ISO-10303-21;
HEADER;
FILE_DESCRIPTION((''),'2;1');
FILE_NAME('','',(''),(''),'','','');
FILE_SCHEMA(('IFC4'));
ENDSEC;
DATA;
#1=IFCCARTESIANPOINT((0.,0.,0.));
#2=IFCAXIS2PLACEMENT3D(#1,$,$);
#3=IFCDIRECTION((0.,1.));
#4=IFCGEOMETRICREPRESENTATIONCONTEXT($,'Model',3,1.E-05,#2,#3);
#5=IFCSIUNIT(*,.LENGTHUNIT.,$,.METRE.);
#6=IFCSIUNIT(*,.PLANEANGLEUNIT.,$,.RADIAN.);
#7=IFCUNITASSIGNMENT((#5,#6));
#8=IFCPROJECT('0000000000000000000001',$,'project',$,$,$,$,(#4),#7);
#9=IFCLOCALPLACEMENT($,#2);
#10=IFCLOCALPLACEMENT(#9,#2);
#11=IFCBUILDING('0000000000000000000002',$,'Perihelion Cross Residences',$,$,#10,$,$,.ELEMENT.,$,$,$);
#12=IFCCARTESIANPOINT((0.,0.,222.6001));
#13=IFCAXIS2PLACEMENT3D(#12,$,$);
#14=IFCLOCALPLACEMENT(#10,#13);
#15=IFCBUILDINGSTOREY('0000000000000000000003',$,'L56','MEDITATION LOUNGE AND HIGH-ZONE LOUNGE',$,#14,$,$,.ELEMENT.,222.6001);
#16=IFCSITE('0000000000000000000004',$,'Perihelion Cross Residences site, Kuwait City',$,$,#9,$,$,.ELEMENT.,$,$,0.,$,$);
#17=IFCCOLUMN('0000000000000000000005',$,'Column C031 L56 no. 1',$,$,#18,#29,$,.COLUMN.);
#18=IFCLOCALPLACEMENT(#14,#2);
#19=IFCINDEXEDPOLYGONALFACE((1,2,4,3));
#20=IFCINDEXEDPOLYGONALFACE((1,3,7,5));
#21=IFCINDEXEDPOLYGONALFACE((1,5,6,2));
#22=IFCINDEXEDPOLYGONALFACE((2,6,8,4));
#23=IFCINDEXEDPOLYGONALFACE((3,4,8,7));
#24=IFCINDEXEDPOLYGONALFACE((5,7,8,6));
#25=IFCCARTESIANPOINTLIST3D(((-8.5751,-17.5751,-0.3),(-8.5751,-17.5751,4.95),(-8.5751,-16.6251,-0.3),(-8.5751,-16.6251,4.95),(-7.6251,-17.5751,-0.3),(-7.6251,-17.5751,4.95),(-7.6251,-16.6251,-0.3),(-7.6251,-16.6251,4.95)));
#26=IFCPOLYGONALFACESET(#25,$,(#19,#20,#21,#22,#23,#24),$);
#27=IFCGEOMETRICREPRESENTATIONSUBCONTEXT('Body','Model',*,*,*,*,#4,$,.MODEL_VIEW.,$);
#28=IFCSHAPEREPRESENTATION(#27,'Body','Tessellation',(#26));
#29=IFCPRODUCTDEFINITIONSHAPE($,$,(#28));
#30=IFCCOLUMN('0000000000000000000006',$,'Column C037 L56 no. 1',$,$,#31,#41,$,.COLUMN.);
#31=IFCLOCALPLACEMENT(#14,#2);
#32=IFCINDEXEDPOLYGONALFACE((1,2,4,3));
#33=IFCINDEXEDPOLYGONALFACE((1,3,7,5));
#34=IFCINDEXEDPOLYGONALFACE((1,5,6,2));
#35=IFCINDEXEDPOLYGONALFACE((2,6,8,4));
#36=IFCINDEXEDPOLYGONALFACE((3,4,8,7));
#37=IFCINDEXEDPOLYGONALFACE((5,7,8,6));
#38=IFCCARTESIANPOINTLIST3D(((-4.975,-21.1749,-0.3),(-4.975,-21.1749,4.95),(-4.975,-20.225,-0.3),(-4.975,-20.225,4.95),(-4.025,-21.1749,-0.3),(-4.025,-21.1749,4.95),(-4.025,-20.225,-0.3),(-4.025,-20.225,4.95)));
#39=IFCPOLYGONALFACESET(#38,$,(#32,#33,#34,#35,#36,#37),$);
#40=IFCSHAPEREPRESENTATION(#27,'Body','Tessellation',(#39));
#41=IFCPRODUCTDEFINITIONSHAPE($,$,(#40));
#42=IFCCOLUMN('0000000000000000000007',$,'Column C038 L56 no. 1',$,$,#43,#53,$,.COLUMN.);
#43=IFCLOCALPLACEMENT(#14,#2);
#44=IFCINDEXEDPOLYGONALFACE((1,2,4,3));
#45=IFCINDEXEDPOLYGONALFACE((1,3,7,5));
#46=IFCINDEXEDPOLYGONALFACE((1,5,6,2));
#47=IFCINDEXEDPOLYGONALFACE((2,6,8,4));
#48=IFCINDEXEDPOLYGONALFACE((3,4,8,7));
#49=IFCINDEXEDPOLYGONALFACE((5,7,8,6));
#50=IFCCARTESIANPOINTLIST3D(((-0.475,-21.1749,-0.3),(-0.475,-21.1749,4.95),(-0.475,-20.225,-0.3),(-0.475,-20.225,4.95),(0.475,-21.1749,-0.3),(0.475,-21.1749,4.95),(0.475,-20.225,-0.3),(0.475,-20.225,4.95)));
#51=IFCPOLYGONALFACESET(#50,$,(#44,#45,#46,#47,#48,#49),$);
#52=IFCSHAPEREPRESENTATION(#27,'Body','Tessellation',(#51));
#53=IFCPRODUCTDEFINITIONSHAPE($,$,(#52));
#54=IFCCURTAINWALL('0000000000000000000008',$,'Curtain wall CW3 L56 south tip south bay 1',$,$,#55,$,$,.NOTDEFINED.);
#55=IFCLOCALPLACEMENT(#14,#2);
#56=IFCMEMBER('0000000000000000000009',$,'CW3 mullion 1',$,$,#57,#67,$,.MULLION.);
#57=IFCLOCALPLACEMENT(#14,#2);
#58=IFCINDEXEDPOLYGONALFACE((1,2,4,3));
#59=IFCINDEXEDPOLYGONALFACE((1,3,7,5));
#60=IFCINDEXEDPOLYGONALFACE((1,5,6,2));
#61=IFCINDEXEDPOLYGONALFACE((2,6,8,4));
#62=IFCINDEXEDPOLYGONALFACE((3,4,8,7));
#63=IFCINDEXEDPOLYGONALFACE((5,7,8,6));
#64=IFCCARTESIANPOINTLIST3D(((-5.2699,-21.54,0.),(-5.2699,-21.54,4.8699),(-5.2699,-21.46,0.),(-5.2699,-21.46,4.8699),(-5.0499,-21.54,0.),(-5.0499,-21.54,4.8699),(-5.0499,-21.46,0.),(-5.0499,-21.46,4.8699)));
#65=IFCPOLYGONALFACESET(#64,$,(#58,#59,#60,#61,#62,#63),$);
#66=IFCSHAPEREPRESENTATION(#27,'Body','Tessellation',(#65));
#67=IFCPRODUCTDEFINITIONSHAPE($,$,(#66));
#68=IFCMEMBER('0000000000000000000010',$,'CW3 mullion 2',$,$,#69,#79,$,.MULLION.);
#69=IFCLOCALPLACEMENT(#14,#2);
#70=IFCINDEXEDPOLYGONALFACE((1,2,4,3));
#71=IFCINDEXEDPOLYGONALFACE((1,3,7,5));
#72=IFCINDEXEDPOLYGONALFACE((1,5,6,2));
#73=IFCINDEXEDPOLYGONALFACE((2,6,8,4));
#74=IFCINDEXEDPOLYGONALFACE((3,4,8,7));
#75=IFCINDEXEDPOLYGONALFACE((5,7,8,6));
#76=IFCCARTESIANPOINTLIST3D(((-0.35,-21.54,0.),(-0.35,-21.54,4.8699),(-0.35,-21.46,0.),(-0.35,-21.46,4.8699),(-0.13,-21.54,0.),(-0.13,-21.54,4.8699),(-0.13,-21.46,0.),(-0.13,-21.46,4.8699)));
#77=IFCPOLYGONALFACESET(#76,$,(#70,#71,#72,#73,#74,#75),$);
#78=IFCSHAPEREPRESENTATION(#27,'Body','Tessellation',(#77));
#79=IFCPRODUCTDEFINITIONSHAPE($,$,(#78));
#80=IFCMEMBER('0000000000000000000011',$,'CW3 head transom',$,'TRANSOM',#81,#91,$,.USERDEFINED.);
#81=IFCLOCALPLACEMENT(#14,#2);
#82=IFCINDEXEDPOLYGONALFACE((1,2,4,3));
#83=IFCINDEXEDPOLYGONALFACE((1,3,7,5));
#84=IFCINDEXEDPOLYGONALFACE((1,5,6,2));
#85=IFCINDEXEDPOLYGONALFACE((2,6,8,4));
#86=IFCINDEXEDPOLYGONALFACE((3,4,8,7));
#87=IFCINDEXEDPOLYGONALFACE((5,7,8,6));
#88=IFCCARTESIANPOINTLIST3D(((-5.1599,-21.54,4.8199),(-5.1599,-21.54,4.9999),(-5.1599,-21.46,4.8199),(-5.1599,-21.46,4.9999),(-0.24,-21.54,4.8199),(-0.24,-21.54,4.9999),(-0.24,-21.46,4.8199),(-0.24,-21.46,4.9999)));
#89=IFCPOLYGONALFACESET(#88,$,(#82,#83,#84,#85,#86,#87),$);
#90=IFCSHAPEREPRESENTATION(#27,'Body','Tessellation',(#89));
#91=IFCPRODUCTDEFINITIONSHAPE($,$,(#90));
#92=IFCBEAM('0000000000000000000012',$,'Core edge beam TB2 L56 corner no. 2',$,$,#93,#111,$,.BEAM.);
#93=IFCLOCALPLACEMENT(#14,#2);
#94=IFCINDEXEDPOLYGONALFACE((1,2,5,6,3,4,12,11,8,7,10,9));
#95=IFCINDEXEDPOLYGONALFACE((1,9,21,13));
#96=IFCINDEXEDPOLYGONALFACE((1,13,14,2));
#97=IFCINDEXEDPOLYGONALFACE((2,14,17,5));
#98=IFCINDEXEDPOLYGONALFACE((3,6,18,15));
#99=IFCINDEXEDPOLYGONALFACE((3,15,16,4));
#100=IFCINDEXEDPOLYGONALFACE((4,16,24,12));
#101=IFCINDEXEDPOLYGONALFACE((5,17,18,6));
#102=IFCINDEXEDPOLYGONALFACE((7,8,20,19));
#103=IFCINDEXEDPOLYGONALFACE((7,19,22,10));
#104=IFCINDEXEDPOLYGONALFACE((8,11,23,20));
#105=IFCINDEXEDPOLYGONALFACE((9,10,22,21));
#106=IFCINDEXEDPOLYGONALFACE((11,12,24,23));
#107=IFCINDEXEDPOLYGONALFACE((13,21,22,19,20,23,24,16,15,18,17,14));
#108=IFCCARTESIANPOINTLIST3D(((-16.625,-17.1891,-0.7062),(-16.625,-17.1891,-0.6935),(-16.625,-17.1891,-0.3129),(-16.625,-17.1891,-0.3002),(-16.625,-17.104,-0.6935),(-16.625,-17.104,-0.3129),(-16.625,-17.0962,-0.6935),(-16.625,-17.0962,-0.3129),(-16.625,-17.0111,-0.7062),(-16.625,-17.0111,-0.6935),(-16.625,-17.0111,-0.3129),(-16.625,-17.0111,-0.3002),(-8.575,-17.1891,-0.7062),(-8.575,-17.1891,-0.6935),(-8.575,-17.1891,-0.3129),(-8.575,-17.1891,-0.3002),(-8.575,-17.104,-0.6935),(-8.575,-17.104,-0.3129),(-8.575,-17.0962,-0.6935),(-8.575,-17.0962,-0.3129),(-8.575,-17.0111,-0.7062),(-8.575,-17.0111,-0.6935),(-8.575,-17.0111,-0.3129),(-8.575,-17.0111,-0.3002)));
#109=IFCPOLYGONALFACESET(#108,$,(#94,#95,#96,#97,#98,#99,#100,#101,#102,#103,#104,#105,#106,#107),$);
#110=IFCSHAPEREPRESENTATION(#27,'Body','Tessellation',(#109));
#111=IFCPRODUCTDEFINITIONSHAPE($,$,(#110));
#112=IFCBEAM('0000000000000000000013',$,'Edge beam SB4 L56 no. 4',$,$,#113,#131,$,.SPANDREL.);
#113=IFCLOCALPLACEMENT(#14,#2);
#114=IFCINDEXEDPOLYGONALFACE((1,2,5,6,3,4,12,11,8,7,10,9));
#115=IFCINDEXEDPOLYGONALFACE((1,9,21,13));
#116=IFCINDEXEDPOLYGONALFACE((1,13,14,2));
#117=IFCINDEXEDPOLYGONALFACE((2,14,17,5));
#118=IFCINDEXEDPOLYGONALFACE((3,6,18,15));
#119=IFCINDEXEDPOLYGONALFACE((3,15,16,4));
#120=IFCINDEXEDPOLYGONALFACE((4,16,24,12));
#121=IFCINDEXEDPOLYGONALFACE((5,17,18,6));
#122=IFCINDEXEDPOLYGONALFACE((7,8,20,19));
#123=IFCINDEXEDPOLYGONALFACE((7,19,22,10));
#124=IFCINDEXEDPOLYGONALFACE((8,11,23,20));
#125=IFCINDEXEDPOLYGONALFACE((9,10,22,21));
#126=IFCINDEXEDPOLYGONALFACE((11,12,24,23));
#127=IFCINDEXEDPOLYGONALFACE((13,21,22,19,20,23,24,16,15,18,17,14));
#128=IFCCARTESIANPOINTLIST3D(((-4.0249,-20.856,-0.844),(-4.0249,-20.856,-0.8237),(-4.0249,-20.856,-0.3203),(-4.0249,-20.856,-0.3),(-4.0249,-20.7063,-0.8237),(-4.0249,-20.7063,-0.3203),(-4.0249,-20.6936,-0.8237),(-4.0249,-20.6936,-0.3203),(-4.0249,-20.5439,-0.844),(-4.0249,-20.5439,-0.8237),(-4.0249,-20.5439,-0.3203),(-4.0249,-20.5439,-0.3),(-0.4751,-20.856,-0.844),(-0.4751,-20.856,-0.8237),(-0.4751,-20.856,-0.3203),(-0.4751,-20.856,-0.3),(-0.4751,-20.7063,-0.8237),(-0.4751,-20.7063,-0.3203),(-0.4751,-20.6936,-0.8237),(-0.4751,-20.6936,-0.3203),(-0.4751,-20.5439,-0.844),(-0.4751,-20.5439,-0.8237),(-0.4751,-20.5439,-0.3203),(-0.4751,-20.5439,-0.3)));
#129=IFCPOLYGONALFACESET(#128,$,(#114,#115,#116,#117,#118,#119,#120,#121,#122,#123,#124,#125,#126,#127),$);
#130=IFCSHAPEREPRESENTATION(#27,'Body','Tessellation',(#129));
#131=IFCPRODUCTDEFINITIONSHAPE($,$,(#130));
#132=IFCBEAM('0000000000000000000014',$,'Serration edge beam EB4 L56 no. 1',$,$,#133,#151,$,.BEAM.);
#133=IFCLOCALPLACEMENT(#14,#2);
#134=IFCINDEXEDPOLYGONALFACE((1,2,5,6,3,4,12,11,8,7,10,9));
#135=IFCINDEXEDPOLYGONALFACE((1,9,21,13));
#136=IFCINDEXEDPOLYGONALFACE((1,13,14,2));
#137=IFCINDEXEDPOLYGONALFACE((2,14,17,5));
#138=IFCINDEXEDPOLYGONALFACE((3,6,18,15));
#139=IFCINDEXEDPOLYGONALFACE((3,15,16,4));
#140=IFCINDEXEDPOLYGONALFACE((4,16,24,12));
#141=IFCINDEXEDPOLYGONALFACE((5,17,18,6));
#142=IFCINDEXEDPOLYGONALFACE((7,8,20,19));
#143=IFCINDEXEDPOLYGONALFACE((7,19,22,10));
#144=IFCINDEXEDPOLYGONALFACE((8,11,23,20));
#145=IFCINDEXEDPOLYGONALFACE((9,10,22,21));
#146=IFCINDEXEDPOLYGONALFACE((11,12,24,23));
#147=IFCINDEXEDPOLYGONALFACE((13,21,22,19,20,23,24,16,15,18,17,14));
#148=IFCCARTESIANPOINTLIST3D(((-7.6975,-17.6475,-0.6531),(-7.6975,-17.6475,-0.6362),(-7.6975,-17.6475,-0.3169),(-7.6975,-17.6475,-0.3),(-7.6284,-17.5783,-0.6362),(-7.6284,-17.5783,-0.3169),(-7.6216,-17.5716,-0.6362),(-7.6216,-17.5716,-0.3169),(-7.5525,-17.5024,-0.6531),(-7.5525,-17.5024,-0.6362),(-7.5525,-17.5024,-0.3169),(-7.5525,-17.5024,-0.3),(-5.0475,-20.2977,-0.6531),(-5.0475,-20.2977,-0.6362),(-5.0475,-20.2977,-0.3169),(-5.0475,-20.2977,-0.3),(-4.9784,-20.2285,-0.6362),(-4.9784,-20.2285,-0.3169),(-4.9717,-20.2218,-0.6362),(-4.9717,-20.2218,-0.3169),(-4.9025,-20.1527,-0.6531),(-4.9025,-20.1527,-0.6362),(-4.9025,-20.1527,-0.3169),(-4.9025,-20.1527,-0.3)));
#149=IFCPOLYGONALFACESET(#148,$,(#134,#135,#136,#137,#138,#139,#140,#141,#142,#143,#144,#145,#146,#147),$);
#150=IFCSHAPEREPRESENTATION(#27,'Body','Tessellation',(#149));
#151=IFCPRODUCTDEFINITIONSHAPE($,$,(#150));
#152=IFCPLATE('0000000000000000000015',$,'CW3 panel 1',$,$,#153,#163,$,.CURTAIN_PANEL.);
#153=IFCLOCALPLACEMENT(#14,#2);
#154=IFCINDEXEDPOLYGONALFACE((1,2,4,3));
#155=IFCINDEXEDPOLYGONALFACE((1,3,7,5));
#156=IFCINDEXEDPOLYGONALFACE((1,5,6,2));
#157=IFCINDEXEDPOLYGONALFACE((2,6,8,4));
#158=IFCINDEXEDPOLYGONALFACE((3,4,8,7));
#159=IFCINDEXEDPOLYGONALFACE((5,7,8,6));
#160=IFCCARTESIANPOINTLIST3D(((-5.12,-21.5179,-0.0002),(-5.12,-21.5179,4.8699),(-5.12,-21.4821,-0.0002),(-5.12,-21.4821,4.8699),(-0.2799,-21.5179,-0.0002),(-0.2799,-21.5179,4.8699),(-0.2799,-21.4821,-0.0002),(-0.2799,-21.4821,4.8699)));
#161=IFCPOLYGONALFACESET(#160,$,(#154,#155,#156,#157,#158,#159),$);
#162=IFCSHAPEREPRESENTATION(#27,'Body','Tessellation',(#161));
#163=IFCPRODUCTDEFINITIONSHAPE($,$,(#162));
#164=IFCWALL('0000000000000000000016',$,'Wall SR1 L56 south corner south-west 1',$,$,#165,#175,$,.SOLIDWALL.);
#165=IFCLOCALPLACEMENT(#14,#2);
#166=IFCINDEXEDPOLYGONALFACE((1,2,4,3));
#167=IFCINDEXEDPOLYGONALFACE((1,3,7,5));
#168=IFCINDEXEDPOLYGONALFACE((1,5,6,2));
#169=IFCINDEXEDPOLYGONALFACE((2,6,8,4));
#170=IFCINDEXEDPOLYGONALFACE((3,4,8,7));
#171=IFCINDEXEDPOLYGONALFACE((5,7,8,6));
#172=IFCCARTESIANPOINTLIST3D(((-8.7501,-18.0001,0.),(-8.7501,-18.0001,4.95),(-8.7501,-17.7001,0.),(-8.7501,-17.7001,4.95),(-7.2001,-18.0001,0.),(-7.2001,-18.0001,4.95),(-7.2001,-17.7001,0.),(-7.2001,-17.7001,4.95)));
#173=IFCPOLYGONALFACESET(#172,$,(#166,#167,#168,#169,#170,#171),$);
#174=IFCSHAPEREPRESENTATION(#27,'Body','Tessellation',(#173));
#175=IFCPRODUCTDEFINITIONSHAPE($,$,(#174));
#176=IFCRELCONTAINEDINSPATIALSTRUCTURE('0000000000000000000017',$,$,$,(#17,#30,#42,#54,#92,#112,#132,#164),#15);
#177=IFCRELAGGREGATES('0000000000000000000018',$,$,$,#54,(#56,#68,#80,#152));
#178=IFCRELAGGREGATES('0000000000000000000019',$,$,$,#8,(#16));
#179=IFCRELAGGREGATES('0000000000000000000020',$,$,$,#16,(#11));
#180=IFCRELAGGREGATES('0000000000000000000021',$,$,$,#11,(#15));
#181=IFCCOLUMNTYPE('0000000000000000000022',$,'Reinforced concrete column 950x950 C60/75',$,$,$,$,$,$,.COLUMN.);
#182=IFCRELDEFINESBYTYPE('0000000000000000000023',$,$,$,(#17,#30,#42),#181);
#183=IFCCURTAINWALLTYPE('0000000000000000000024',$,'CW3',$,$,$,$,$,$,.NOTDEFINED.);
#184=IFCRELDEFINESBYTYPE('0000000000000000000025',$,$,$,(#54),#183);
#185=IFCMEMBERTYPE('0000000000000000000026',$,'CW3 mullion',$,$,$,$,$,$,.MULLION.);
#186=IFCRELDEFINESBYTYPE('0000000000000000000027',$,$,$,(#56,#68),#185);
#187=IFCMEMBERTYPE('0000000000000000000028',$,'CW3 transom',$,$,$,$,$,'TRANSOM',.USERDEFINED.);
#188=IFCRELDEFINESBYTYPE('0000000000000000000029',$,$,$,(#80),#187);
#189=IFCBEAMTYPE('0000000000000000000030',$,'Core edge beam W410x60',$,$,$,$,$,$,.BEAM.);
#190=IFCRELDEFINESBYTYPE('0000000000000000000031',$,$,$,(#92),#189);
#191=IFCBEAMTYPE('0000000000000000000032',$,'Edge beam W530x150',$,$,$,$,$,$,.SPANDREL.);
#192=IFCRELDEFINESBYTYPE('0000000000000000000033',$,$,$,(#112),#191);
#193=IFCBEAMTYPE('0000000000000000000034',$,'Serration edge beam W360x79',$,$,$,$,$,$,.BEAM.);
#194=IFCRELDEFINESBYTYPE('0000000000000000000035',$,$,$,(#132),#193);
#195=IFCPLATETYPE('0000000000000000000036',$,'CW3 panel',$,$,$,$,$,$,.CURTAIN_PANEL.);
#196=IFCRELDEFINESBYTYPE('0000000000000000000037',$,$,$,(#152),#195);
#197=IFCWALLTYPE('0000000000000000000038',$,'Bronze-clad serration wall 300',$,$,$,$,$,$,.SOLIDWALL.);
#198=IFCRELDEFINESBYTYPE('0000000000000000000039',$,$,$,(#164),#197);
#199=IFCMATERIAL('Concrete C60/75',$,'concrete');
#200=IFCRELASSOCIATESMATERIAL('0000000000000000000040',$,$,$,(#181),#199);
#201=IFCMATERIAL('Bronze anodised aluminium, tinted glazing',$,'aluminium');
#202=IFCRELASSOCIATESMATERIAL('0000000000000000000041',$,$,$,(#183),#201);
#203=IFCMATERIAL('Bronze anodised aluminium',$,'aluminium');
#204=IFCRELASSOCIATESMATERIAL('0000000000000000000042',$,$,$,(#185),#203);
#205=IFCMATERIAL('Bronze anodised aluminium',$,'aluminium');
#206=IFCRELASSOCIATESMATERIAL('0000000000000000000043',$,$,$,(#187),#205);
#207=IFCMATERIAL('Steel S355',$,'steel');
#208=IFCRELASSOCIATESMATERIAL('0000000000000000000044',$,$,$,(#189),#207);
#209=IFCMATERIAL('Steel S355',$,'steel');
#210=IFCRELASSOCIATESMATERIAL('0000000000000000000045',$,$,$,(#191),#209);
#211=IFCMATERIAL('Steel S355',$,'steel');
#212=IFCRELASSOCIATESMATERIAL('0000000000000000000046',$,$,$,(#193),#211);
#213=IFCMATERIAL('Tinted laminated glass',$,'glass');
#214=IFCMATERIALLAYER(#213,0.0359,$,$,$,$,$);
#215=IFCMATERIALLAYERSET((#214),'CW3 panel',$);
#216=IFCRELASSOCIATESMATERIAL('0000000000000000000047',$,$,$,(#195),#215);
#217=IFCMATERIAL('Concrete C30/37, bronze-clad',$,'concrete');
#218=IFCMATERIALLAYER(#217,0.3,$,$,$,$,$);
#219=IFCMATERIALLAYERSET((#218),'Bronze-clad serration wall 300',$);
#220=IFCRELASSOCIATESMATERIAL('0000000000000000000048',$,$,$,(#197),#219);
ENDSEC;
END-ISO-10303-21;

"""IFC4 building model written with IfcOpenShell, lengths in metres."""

from ifc_helpers import new_model, si_unit, direction, frame, frame_2d, origin, origin_2d, place, context, subcontext, project, spatial, rectangle, i_section, extrude, material, layer, layer_set, material_profile, profile_set, type_object, element, aggregate, save


model = new_model("IFC4")

# Units and contexts
model_context = context("Model", 3, precision=1e-05, world=origin(), true_north=direction((0.0, 1.0)))
body_context = subcontext(model_context, "Body", "Model", "MODEL_VIEW")
ifc_project = project(units=[si_unit("LENGTHUNIT", "METRE"), si_unit("PLANEANGLEUNIT", "RADIAN")], contexts=[model_context])

# Site, building, storey
site_placement = place(None, origin())
site = spatial("IfcSite", under=ifc_project, at=site_placement, Name="Perihelion Cross Residences site, Kuwait City", CompositionType="ELEMENT", RefElevation=0.0)
building_placement = place(site_placement, origin())
building = spatial("IfcBuilding", under=site, at=building_placement, Name="Perihelion Cross Residences", CompositionType="ELEMENT")
storey_placement = place(building_placement, frame((0.0, 0.0, 222.6001)))
storey = spatial("IfcBuildingStorey", under=building, at=storey_placement, Name="L56", Description="MEDITATION LOUNGE AND HIGH-ZONE LOUNGE", CompositionType="ELEMENT", Elevation=222.6001)

# Columns
ifc_material_1 = material(Name="Concrete C60/75", Category="concrete")
ifc_material_profile_1 = material_profile(ifc_material_1, rectangle(XDim=0.95, YDim=0.95, at=origin_2d()), Name="RC 950x950")
ifc_profile_set_1 = profile_set([ifc_material_profile_1], Name="Concrete C60/75")
column_type = type_object("IfcColumnType", Name="Reinforced concrete column 950x950 C60/75", PredefinedType="COLUMN", material=ifc_profile_set_1)
for number, where, z_axis, x_axis, name in (
    (1, (-8.1001, -17.1001, -0.3), (0.0, 0.0, 1.0), (1.0, 0.0, 0.0), "Column C031 L56 no. 1"),
    (2, (-4.5, -20.7, -0.3), (0.0, 0.0, 1.0), (1.0, 0.0, 0.0), "Column C037 L56 no. 1"),
    (3, (0.0, -20.7, -0.3), (0.0, 0.0, 1.0), (1.0, 0.0, 0.0), "Column C038 L56 no. 1"),
):
    element("IfcColumn", number, at=place(storey_placement, frame(where, z_axis=z_axis, x_axis=x_axis)), inside=storey, type_object=column_type, Name=name, PredefinedType="COLUMN", context=body_context, shape_type="SweptSolid", body=[
        extrude(rectangle(XDim=0.95, YDim=0.95, at=origin_2d()), origin(), (0.0, 0.0, 1.0), 5.25),
    ])

# Curtain wall, members
ifc_material_2 = material(Name="Bronze anodised aluminium, tinted glazing", Category="aluminium")
curtain_wall_type = type_object("IfcCurtainWallType", Name="CW3", PredefinedType="NOTDEFINED", material=ifc_material_2)
curtain_wall_placement = place(storey_placement, origin())
curtain_wall = element("IfcCurtainWall", 4, at=curtain_wall_placement, inside=storey, type_object=curtain_wall_type, Name="Curtain wall CW3 L56 south tip south bay 1", PredefinedType="NOTDEFINED")
ifc_material_3 = material(Name="Bronze anodised aluminium", Category="aluminium")
ifc_material_profile_2 = material_profile(ifc_material_3, rectangle(XDim=0.0801, YDim=0.22, at=origin_2d()), Name="CW3 mullion")
ifc_profile_set_2 = profile_set([ifc_material_profile_2], Name="Bronze anodised aluminium")
member_type_1 = type_object("IfcMemberType", Name="CW3 mullion", PredefinedType="MULLION", material=ifc_profile_set_2)
member_1_placement = place(storey_placement, frame((-5.1599, -21.5, 0.0), z_axis=(0.0, 0.0, 1.0), x_axis=(0.0, 1.0, 0.0)))
member_1 = element("IfcMember", 5, at=member_1_placement, type_object=member_type_1, Name="CW3 mullion 1", PredefinedType="MULLION", context=body_context, shape_type="SweptSolid", body=[
    extrude(rectangle(XDim=0.0801, YDim=0.22, at=origin_2d()), origin(), (0.0, 0.0, 1.0), 4.8699),
])
member_2_placement = place(storey_placement, frame((-0.24, -21.5, 0.0), z_axis=(0.0, 0.0, 1.0), x_axis=(0.0, 1.0, 0.0)))
member_2 = element("IfcMember", 6, at=member_2_placement, type_object=member_type_1, Name="CW3 mullion 2", PredefinedType="MULLION", context=body_context, shape_type="SweptSolid", body=[
    extrude(rectangle(XDim=0.0801, YDim=0.22, at=origin_2d()), origin(), (0.0, 0.0, 1.0), 4.8699),
])
ifc_material_4 = material(Name="Bronze anodised aluminium", Category="aluminium")
ifc_material_profile_3 = material_profile(ifc_material_4, rectangle(XDim=0.0801, YDim=0.1799, at=origin_2d()), Name="CW3 transom")
ifc_profile_set_3 = profile_set([ifc_material_profile_3], Name="Bronze anodised aluminium")
member_type_2 = type_object("IfcMemberType", Name="CW3 transom", ElementType="TRANSOM", PredefinedType="USERDEFINED", material=ifc_profile_set_3)
member_3_placement = place(storey_placement, frame((-5.1599, -21.5, 4.9099), z_axis=(1.0, 0.0, 0.0), x_axis=(0.0, 1.0, 0.0)))
member_3 = element("IfcMember", 7, at=member_3_placement, type_object=member_type_2, Name="CW3 head transom", ObjectType="TRANSOM", PredefinedType="USERDEFINED", context=body_context, shape_type="SweptSolid", body=[
    extrude(rectangle(XDim=0.0801, YDim=0.1799, at=origin_2d()), origin(), (0.0, 0.0, 1.0), 4.9199),
])

# Beams
ifc_material_5 = material(Name="Steel S355", Category="steel")
ifc_material_profile_4 = material_profile(ifc_material_5, i_section(OverallWidth=0.178, OverallDepth=0.406, WebThickness=0.0078, FlangeThickness=0.0127, at=origin_2d()), Name="W410x60")
ifc_profile_set_4 = profile_set([ifc_material_profile_4], Name="Steel S355")
beam_type_1 = type_object("IfcBeamType", Name="Core edge beam W410x60", PredefinedType="BEAM", material=ifc_profile_set_4)
beam_1_placement = place(storey_placement, frame((-8.575, -17.1001, -0.5032), z_axis=(-1.0, 0.0, 0.0), x_axis=(0.0, -1.0, 0.0)))
element("IfcBeam", 8, at=beam_1_placement, inside=storey, type_object=beam_type_1, Name="Core edge beam TB2 L56 corner no. 2", PredefinedType="BEAM", context=body_context, shape_type="SweptSolid", body=[
    extrude(i_section(OverallWidth=0.178, OverallDepth=0.406, WebThickness=0.0078, FlangeThickness=0.0127, at=origin_2d()), origin(), (0.0, 0.0, 1.0), 8.05),
])
ifc_material_6 = material(Name="Steel S355", Category="steel")
ifc_material_profile_5 = material_profile(ifc_material_6, i_section(OverallWidth=0.312, OverallDepth=0.5439, WebThickness=0.0127, FlangeThickness=0.0203, at=origin_2d()), Name="W530x150")
ifc_profile_set_5 = profile_set([ifc_material_profile_5], Name="Steel S355")
beam_type_2 = type_object("IfcBeamType", Name="Edge beam W530x150", PredefinedType="SPANDREL", material=ifc_profile_set_5)
beam_2_placement = place(storey_placement, frame((-4.0249, -20.7, -0.572), z_axis=(1.0, 0.0, 0.0), x_axis=(0.0, 1.0, 0.0)))
element("IfcBeam", 9, at=beam_2_placement, inside=storey, type_object=beam_type_2, Name="Edge beam SB4 L56 no. 4", PredefinedType="SPANDREL", context=body_context, shape_type="SweptSolid", body=[
    extrude(i_section(OverallWidth=0.312, OverallDepth=0.5439, WebThickness=0.0127, FlangeThickness=0.0203, at=origin_2d()), origin(), (0.0, 0.0, 1.0), 3.5498),
])
ifc_material_7 = material(Name="Steel S355", Category="steel")
ifc_material_profile_6 = material_profile(ifc_material_7, i_section(OverallWidth=0.2051, OverallDepth=0.353, WebThickness=0.0095, FlangeThickness=0.0168, at=origin_2d()), Name="W360x79")
ifc_profile_set_6 = profile_set([ifc_material_profile_6], Name="Steel S355")
beam_type_3 = type_object("IfcBeamType", Name="Serration edge beam W360x79", PredefinedType="BEAM", material=ifc_profile_set_6)
beam_3_placement = place(storey_placement, frame((-7.625, -17.575, -0.4766), z_axis=(0.707074, -0.707139, 0.0), x_axis=(0.707139, 0.707074, 0.0)))
element("IfcBeam", 10, at=beam_3_placement, inside=storey, type_object=beam_type_3, Name="Serration edge beam EB4 L56 no. 1", PredefinedType="BEAM", context=body_context, shape_type="SweptSolid", body=[
    extrude(i_section(OverallWidth=0.2051, OverallDepth=0.353, WebThickness=0.0095, FlangeThickness=0.0168, at=origin_2d()), origin(), (0.0, 0.0, 1.0), 3.7478),
])

# Plate
ifc_material_8 = material(Name="Tinted laminated glass", Category="glass")
ifc_layer_1 = layer(ifc_material_8, 0.0359)
ifc_layer_set_1 = layer_set([ifc_layer_1], Name="CW3 panel")
plate_type = type_object("IfcPlateType", Name="CW3 panel", PredefinedType="CURTAIN_PANEL", material=ifc_layer_set_1)
plate_placement = place(storey_placement, frame((-2.7, -21.5, -0.0002), z_axis=(0.0, 0.0, 1.0), x_axis=(1.0, 0.0, 0.0)))
plate = element("IfcPlate", 11, at=plate_placement, type_object=plate_type, Name="CW3 panel 1", PredefinedType="CURTAIN_PANEL", context=body_context, shape_type="SweptSolid", body=[
    extrude(rectangle(XDim=4.8401, YDim=0.0359, at=origin_2d()), origin(), (0.0, 0.0, 1.0), 4.8701),
])
aggregate(curtain_wall, [member_1, member_2, member_3, plate])

# Wall
ifc_material_9 = material(Name="Concrete C30/37, bronze-clad", Category="concrete")
ifc_layer_2 = layer(ifc_material_9, 0.3)
ifc_layer_set_2 = layer_set([ifc_layer_2], Name="Bronze-clad serration wall 300")
wall_type_1 = type_object("IfcWallType", Name="Bronze-clad serration wall 300", PredefinedType="SOLIDWALL", material=ifc_layer_set_2)
wall_1_placement = place(storey_placement, frame((-8.75, -17.8501, 0.0), z_axis=(0.0, 0.0, 1.0), x_axis=(1.0, 0.0, 0.0)))
element("IfcWall", 12, at=wall_1_placement, inside=storey, type_object=wall_type_1, Name="Wall SR1 L56 south corner south-west 1", PredefinedType="SOLIDWALL", context=body_context, shape_type="SweptSolid", body=[
    extrude(rectangle(XDim=1.55, YDim=0.3, at=frame_2d((0.7749, 0.0))), origin(), (0.0, 0.0, 1.0), 4.95),
])

save(model, "model.ifc")
